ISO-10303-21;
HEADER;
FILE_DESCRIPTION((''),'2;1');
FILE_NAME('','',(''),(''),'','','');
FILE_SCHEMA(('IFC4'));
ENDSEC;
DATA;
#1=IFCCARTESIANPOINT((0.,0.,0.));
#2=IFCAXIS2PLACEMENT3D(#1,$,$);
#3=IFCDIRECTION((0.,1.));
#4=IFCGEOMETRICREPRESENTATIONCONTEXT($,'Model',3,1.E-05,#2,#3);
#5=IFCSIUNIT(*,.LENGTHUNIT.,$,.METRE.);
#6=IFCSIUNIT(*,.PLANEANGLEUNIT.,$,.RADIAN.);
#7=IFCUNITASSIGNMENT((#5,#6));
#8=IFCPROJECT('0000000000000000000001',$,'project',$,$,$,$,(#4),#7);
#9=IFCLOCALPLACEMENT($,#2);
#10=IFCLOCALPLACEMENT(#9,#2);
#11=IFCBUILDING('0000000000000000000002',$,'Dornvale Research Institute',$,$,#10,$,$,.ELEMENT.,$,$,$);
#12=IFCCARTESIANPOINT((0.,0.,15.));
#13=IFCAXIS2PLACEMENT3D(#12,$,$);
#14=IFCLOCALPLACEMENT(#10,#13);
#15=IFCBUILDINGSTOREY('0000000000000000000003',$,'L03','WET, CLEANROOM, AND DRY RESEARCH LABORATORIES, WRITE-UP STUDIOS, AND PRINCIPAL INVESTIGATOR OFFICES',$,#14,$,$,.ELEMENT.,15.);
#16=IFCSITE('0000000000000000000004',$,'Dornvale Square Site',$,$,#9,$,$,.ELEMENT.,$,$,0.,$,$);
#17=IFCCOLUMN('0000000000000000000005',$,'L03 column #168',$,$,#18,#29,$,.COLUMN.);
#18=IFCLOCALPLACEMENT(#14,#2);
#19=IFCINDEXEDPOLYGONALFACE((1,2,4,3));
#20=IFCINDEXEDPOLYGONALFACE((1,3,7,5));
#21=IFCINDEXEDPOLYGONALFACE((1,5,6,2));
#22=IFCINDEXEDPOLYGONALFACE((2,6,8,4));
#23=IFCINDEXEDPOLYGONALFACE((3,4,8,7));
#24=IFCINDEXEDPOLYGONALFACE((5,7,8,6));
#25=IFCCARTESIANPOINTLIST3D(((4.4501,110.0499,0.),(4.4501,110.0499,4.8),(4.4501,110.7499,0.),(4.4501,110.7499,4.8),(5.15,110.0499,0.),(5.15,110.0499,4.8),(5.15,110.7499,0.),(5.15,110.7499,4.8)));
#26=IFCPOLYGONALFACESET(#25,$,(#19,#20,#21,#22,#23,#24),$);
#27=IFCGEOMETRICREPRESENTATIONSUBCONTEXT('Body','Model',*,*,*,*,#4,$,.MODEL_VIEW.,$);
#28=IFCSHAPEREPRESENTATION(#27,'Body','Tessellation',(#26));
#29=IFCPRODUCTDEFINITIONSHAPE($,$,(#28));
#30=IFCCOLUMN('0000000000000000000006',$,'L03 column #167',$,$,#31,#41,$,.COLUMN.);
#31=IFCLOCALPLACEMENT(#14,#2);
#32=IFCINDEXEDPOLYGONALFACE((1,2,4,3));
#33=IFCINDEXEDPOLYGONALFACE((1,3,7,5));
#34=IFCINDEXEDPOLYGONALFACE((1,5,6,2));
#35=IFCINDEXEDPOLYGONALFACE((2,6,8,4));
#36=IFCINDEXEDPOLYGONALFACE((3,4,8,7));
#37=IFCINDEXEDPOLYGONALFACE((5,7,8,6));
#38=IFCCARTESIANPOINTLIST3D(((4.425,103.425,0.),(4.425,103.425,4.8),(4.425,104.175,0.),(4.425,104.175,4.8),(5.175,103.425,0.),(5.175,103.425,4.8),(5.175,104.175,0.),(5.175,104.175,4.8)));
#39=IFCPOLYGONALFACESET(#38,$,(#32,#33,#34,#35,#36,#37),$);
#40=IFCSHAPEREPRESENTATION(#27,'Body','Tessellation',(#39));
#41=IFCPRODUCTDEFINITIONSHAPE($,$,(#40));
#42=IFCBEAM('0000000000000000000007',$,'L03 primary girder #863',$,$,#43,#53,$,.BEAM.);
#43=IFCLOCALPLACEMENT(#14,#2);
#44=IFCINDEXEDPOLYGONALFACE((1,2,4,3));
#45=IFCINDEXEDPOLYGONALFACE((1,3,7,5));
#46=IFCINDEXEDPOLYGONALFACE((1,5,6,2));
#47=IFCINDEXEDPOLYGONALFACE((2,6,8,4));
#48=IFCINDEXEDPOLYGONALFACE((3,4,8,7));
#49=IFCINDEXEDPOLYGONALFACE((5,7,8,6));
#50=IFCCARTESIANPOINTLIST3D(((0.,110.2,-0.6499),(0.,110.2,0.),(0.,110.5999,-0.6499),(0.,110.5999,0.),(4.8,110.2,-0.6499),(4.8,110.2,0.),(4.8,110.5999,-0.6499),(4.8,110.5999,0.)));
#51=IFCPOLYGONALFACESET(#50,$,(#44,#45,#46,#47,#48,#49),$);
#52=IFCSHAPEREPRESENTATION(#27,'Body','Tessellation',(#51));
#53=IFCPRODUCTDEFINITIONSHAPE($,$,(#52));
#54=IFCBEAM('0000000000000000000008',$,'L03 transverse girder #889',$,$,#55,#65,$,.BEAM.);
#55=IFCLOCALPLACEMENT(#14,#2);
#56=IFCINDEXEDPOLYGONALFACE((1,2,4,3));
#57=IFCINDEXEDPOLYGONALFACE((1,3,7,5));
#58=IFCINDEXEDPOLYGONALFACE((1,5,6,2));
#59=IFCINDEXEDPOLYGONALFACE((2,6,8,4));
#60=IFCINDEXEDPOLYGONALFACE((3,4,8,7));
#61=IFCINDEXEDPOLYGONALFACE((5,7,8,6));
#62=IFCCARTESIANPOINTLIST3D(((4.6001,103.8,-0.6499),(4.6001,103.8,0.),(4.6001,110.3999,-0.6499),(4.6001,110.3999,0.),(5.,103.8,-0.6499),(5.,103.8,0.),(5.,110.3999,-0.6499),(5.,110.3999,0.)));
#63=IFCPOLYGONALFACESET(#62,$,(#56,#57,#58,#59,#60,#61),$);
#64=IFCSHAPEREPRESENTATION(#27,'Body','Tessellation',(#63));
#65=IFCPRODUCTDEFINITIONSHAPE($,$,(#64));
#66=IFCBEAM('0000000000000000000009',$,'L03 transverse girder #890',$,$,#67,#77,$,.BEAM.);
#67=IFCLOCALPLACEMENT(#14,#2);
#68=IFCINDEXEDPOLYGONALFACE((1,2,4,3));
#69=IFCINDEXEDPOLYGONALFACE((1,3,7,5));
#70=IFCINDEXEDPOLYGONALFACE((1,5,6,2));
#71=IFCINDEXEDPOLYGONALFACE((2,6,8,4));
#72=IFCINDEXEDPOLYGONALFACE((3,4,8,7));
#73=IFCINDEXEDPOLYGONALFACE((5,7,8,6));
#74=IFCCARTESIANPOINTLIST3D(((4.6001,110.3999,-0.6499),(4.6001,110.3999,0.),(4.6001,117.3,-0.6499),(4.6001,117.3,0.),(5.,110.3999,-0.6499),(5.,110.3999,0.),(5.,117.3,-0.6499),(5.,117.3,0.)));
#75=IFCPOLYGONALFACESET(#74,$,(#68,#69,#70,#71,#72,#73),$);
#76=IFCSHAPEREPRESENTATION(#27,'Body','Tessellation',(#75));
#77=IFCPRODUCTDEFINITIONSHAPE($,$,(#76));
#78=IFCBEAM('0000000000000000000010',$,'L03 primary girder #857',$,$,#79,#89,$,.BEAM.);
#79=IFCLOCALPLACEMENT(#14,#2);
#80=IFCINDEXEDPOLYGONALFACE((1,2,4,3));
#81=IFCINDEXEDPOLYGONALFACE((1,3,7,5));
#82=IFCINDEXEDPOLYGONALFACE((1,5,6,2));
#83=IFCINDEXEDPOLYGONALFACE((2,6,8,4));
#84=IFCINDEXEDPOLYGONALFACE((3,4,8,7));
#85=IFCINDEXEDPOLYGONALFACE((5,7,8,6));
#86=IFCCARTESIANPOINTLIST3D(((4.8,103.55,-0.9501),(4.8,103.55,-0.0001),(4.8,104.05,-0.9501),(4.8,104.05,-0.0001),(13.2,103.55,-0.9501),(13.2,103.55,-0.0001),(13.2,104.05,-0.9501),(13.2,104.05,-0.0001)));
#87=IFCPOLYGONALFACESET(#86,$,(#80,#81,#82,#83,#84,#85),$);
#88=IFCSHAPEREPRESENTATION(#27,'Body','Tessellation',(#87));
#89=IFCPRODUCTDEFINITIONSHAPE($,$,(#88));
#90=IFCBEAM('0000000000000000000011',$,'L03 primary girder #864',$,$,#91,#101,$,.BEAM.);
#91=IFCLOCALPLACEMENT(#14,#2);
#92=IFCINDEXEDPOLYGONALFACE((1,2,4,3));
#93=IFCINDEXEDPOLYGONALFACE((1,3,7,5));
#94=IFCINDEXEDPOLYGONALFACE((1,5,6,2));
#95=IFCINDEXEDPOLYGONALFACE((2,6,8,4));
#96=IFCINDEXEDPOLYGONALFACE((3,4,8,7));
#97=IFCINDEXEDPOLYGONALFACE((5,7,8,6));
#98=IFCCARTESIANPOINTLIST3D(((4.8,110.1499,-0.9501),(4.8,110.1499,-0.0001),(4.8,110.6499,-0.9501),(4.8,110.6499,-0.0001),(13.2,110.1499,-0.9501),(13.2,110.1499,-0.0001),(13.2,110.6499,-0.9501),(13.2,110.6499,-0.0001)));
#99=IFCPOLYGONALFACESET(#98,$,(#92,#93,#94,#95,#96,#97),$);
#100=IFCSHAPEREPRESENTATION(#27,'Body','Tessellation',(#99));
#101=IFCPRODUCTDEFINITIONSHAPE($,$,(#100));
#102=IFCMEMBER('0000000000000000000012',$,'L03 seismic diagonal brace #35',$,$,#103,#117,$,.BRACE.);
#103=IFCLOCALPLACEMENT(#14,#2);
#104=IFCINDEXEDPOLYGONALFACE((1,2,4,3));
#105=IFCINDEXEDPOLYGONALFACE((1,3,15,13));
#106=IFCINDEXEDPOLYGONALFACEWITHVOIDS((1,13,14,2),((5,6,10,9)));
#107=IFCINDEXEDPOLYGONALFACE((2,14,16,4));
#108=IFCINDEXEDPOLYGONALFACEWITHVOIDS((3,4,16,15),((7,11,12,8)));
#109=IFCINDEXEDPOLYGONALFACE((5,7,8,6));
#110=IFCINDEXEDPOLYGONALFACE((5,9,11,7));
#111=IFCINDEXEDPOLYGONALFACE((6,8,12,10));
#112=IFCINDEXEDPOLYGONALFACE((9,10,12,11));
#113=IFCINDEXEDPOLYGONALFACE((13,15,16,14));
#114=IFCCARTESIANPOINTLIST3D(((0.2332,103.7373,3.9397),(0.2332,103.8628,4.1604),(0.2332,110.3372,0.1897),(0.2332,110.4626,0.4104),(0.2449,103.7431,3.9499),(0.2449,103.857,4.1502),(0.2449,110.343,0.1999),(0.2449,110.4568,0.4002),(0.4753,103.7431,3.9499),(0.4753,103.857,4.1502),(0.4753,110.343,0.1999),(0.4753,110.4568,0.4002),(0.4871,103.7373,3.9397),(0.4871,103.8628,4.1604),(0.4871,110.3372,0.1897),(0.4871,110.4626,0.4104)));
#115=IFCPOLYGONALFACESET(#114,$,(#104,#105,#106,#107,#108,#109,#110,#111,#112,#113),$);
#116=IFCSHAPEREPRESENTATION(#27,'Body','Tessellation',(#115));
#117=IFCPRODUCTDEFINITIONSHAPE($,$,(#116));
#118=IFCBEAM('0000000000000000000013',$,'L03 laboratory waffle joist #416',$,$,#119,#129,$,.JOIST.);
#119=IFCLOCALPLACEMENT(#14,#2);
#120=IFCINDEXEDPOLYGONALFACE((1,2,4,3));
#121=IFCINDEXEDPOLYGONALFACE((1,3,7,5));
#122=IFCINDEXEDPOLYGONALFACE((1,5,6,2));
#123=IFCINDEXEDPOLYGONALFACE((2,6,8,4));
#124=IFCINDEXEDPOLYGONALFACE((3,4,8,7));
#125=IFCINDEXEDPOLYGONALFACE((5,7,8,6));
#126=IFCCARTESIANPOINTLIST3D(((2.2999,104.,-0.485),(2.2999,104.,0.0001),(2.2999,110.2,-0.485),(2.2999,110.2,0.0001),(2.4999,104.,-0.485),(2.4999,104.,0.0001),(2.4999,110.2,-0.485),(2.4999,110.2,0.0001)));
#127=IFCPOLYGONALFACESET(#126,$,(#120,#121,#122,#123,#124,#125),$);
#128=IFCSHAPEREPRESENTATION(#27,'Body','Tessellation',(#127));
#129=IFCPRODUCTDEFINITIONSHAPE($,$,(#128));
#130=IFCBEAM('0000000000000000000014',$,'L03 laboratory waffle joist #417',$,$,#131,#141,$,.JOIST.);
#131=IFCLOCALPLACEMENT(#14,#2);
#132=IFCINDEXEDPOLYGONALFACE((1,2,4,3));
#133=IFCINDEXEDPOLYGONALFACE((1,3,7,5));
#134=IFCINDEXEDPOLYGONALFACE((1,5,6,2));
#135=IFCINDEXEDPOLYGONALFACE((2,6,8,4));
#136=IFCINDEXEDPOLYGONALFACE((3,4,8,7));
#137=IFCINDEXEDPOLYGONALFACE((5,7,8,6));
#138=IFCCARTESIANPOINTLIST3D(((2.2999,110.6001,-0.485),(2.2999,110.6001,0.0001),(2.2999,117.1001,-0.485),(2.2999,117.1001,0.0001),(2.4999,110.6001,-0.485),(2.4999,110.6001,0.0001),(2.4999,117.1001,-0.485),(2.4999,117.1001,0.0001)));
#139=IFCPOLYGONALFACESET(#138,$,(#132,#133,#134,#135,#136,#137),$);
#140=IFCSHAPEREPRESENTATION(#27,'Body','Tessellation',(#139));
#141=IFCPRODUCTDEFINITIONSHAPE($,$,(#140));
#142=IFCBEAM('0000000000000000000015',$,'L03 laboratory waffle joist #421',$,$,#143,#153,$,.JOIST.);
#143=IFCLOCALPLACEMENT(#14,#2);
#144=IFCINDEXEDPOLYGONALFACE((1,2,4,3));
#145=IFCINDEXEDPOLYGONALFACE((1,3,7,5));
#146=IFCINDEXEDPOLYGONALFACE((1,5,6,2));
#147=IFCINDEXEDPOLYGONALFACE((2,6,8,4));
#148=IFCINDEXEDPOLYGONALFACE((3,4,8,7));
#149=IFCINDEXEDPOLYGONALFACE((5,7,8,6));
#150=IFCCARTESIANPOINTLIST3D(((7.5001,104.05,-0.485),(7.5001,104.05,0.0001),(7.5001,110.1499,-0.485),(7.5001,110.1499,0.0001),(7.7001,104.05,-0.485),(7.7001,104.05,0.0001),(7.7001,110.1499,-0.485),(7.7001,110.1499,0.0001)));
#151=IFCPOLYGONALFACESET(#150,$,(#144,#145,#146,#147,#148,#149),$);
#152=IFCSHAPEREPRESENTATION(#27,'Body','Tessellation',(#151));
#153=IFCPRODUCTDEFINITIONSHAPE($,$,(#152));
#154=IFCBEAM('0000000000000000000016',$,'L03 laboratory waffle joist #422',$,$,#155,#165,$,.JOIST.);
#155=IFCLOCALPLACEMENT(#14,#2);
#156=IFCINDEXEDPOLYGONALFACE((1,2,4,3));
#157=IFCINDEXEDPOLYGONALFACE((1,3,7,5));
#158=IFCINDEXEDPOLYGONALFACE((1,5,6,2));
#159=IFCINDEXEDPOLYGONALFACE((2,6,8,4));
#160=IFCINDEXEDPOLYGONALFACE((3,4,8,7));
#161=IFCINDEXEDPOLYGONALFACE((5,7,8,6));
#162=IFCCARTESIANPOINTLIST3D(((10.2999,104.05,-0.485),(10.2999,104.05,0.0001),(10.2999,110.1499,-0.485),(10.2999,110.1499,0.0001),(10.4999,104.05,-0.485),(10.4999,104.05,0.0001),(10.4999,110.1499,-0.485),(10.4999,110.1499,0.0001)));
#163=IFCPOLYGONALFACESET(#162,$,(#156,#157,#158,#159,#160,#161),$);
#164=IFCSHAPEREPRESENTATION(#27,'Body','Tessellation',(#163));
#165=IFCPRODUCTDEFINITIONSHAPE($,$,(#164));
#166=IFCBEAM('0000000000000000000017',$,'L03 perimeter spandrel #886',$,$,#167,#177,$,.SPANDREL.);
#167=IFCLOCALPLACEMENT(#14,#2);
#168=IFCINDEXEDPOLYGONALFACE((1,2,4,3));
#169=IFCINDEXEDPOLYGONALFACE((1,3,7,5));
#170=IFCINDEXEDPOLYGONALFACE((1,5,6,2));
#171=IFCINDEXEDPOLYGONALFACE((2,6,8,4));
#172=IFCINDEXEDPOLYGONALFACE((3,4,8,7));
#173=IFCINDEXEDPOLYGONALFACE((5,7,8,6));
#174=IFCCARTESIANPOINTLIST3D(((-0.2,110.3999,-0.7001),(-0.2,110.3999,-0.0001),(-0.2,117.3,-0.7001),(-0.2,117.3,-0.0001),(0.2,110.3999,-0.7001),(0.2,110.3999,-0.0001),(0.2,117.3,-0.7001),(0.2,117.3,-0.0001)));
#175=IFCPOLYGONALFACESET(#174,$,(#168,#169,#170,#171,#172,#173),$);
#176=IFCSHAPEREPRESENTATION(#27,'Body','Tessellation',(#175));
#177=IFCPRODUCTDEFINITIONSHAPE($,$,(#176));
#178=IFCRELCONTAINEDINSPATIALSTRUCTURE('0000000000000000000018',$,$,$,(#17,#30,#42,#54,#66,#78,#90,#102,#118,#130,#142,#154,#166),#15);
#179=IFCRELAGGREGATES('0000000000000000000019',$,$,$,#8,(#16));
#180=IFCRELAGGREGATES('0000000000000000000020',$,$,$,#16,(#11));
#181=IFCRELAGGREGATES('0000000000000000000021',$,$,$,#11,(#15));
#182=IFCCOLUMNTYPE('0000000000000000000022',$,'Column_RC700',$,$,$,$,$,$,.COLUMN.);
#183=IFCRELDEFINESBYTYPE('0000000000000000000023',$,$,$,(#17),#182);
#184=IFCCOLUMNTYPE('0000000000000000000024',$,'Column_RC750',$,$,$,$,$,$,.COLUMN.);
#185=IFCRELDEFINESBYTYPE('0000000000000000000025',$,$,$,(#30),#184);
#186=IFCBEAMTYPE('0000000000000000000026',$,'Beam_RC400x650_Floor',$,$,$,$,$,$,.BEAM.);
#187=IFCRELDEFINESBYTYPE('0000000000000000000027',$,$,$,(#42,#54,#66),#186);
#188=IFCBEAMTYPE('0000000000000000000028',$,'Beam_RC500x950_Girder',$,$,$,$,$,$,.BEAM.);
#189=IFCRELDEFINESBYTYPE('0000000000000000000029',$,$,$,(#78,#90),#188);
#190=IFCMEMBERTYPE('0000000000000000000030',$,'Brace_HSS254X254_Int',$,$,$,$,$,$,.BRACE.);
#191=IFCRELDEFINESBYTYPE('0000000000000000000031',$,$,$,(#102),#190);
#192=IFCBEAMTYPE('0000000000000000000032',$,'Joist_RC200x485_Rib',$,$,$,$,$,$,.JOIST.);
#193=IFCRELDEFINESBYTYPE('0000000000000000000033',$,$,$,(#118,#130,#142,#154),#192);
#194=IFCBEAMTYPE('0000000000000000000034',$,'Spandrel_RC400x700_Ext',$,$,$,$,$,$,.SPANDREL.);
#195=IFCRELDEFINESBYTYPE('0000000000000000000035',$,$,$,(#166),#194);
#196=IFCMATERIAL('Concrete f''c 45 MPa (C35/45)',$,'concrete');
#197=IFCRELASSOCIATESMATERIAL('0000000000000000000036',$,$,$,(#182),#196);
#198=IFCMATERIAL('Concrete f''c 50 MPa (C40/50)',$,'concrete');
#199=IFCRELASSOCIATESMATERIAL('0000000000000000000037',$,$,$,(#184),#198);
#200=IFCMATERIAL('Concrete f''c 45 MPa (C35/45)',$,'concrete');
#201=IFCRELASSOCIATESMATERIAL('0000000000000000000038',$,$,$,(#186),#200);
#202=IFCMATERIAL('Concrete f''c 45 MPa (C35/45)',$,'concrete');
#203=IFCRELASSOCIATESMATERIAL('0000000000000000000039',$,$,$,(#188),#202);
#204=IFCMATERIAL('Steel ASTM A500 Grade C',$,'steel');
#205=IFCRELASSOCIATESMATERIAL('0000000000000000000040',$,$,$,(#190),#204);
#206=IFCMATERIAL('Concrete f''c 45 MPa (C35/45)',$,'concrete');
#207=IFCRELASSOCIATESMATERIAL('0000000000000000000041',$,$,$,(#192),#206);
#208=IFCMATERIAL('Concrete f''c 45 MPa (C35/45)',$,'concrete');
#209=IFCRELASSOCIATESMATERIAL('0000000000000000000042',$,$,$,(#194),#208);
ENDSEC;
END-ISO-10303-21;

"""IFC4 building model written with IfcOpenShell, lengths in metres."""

from ifc_helpers import new_model, si_unit, direction, frame, origin, origin_2d, place, context, subcontext, project, spatial, rectangle, hollow_rectangle, extrude, material, material_profile, profile_set, type_object, element, save


model = new_model("IFC4")

# Units and contexts
model_context = context("Model", 3, precision=1e-05, world=origin(), true_north=direction((0.0, 1.0)))
body_context = subcontext(model_context, "Body", "Model", "MODEL_VIEW")
ifc_project = project(units=[si_unit("LENGTHUNIT", "METRE"), si_unit("PLANEANGLEUNIT", "RADIAN")], contexts=[model_context])

# Site, building, storey
site_placement = place(None, origin())
site = spatial("IfcSite", under=ifc_project, at=site_placement, Name="Dornvale Square Site", CompositionType="ELEMENT", RefElevation=0.0)
building_placement = place(site_placement, origin())
building = spatial("IfcBuilding", under=site, at=building_placement, Name="Dornvale Research Institute", CompositionType="ELEMENT")
storey_placement = place(building_placement, frame((0.0, 0.0, 15.0)))
storey = spatial("IfcBuildingStorey", under=building, at=storey_placement, Name="L03", Description="WET, CLEANROOM, AND DRY RESEARCH LABORATORIES, WRITE-UP STUDIOS, AND PRINCIPAL INVESTIGATOR OFFICES", CompositionType="ELEMENT", Elevation=15.0)

# Columns
ifc_material_1 = material(Name="Concrete f'c 45 MPa (C35/45)", Category="concrete")
ifc_material_profile_1 = material_profile(ifc_material_1, rectangle(XDim=0.7, YDim=0.7, at=origin_2d()), Name="RC 700x700")
ifc_profile_set_1 = profile_set([ifc_material_profile_1], Name="Concrete f'c 45 MPa (C35/45)")
column_type_1 = type_object("IfcColumnType", Name="Column_RC700", PredefinedType="COLUMN", material=ifc_profile_set_1)
column_1_placement = place(storey_placement, frame((4.8, 110.3999, 0.0), z_axis=(0.0, 0.0, 1.0), x_axis=(1.0, 0.0, 0.0)))
element("IfcColumn", 1, at=column_1_placement, inside=storey, type_object=column_type_1, Name="L03 column #168", PredefinedType="COLUMN", context=body_context, shape_type="SweptSolid", body=[
    extrude(rectangle(XDim=0.7, YDim=0.7, at=origin_2d()), origin(), (0.0, 0.0, 1.0), 4.8),
])
ifc_material_2 = material(Name="Concrete f'c 50 MPa (C40/50)", Category="concrete")
ifc_material_profile_2 = material_profile(ifc_material_2, rectangle(XDim=0.75, YDim=0.75, at=origin_2d()), Name="RC 750x750")
ifc_profile_set_2 = profile_set([ifc_material_profile_2], Name="Concrete f'c 50 MPa (C40/50)")
column_type_2 = type_object("IfcColumnType", Name="Column_RC750", PredefinedType="COLUMN", material=ifc_profile_set_2)
column_2_placement = place(storey_placement, frame((4.8, 103.8, 0.0), z_axis=(0.0, 0.0, 1.0), x_axis=(1.0, 0.0, 0.0)))
element("IfcColumn", 2, at=column_2_placement, inside=storey, type_object=column_type_2, Name="L03 column #167", PredefinedType="COLUMN", context=body_context, shape_type="SweptSolid", body=[
    extrude(rectangle(XDim=0.75, YDim=0.75, at=origin_2d()), origin(), (0.0, 0.0, 1.0), 4.8),
])

# Beams
ifc_material_3 = material(Name="Concrete f'c 45 MPa (C35/45)", Category="concrete")
ifc_material_profile_3 = material_profile(ifc_material_3, rectangle(XDim=0.3999, YDim=0.6499, at=origin_2d()), Name="RC 400x650")
ifc_profile_set_3 = profile_set([ifc_material_profile_3], Name="Concrete f'c 45 MPa (C35/45)")
beam_type_1 = type_object("IfcBeamType", Name="Beam_RC400x650_Floor", PredefinedType="BEAM", material=ifc_profile_set_3)
beam_1_placement = place(storey_placement, frame((0.0, 110.3999, -0.325), z_axis=(1.0, 0.0, 0.0), x_axis=(0.0, 1.0, 0.0)))
element("IfcBeam", 3, at=beam_1_placement, inside=storey, type_object=beam_type_1, Name="L03 primary girder #863", PredefinedType="BEAM", context=body_context, shape_type="SweptSolid", body=[
    extrude(rectangle(XDim=0.3999, YDim=0.6499, at=origin_2d()), origin(), (0.0, 0.0, 1.0), 4.8),
])
beam_2_placement = place(storey_placement, frame((4.8, 103.8, -0.325), z_axis=(0.0, 1.0, 0.0), x_axis=(-1.0, 0.0, 0.0)))
element("IfcBeam", 4, at=beam_2_placement, inside=storey, type_object=beam_type_1, Name="L03 transverse girder #889", PredefinedType="BEAM", context=body_context, shape_type="SweptSolid", body=[
    extrude(rectangle(XDim=0.3999, YDim=0.6499, at=origin_2d()), origin(), (0.0, 0.0, 1.0), 6.5999),
])
beam_3_placement = place(storey_placement, frame((4.8, 110.3999, -0.325), z_axis=(0.0, 1.0, 0.0), x_axis=(-1.0, 0.0, 0.0)))
element("IfcBeam", 5, at=beam_3_placement, inside=storey, type_object=beam_type_1, Name="L03 transverse girder #890", PredefinedType="BEAM", context=body_context, shape_type="SweptSolid", body=[
    extrude(rectangle(XDim=0.3999, YDim=0.6499, at=origin_2d()), origin(), (0.0, 0.0, 1.0), 6.9001),
])
ifc_material_4 = material(Name="Concrete f'c 45 MPa (C35/45)", Category="concrete")
ifc_material_profile_4 = material_profile(ifc_material_4, rectangle(XDim=0.5, YDim=0.95, at=origin_2d()), Name="RC 500x950")
ifc_profile_set_4 = profile_set([ifc_material_profile_4], Name="Concrete f'c 45 MPa (C35/45)")
beam_type_2 = type_object("IfcBeamType", Name="Beam_RC500x950_Girder", PredefinedType="BEAM", material=ifc_profile_set_4)
for number, where, z_axis, x_axis, name in (
    (6, (4.8, 103.8, -0.4751), (1.0, 0.0, 0.0), (0.0, 1.0, 0.0), "L03 primary girder #857"),
    (7, (4.8, 110.3999, -0.4751), (1.0, 0.0, 0.0), (0.0, 1.0, 0.0), "L03 primary girder #864"),
):
    element("IfcBeam", number, at=place(storey_placement, frame(where, z_axis=z_axis, x_axis=x_axis)), inside=storey, type_object=beam_type_2, Name=name, PredefinedType="BEAM", context=body_context, shape_type="SweptSolid", body=[
        extrude(rectangle(XDim=0.5, YDim=0.95, at=origin_2d()), origin(), (0.0, 0.0, 1.0), 8.3999),
    ])

# Member
ifc_material_5 = material(Name="Steel ASTM A500 Grade C", Category="steel")
ifc_material_profile_5 = material_profile(ifc_material_5, hollow_rectangle(XDim=0.2539, YDim=0.2539, WallThickness=0.0117, at=origin_2d()), Name="HSS254X254X12.7")
ifc_profile_set_5 = profile_set([ifc_material_profile_5], Name="Steel ASTM A500 Grade C")
member_type = type_object("IfcMemberType", Name="Brace_HSS254X254_Int", PredefinedType="BRACE", material=ifc_profile_set_5)
member_placement = place(storey_placement, frame((0.3601, 110.3999, 0.3), z_axis=(0.0, -0.869452, 0.494018), x_axis=(1.0, 0.0, 0.0)))
element("IfcMember", 8, at=member_placement, inside=storey, type_object=member_type, Name="L03 seismic diagonal brace #35", PredefinedType="BRACE", context=body_context, shape_type="SweptSolid", body=[
    extrude(hollow_rectangle(XDim=0.2539, YDim=0.2539, WallThickness=0.0117, at=origin_2d()), origin(), (0.0, 0.0, 1.0), 7.5908),
])

# Beams
ifc_material_6 = material(Name="Concrete f'c 45 MPa (C35/45)", Category="concrete")
ifc_material_profile_6 = material_profile(ifc_material_6, rectangle(XDim=0.2, YDim=0.4851, at=origin_2d()), Name="RC 200x485")
ifc_profile_set_6 = profile_set([ifc_material_profile_6], Name="Concrete f'c 45 MPa (C35/45)")
beam_type_3 = type_object("IfcBeamType", Name="Joist_RC200x485_Rib", PredefinedType="JOIST", material=ifc_profile_set_6)
beam_4_placement = place(storey_placement, frame((2.3999, 104.0, -0.2424), z_axis=(0.0, 1.0, 0.0), x_axis=(-1.0, 0.0, 0.0)))
element("IfcBeam", 9, at=beam_4_placement, inside=storey, type_object=beam_type_3, Name="L03 laboratory waffle joist #416", PredefinedType="JOIST", context=body_context, shape_type="SweptSolid", body=[
    extrude(rectangle(XDim=0.2, YDim=0.4851, at=origin_2d()), origin(), (0.0, 0.0, 1.0), 6.2),
])
beam_5_placement = place(storey_placement, frame((2.3999, 110.6001, -0.2424), z_axis=(0.0, 1.0, 0.0), x_axis=(-1.0, 0.0, 0.0)))
element("IfcBeam", 10, at=beam_5_placement, inside=storey, type_object=beam_type_3, Name="L03 laboratory waffle joist #417", PredefinedType="JOIST", context=body_context, shape_type="SweptSolid", body=[
    extrude(rectangle(XDim=0.2, YDim=0.4851, at=origin_2d()), origin(), (0.0, 0.0, 1.0), 6.5),
])
for number, where, z_axis, x_axis, name in (
    (11, (7.6001, 104.05, -0.2424), (0.0, 1.0, 0.0), (-1.0, 0.0, 0.0), "L03 laboratory waffle joist #421"),
    (12, (10.3999, 104.05, -0.2424), (0.0, 1.0, 0.0), (-1.0, 0.0, 0.0), "L03 laboratory waffle joist #422"),
):
    element("IfcBeam", number, at=place(storey_placement, frame(where, z_axis=z_axis, x_axis=x_axis)), inside=storey, type_object=beam_type_3, Name=name, PredefinedType="JOIST", context=body_context, shape_type="SweptSolid", body=[
        extrude(rectangle(XDim=0.2, YDim=0.4851, at=origin_2d()), origin(), (0.0, 0.0, 1.0), 6.0999),
    ])
ifc_material_7 = material(Name="Concrete f'c 45 MPa (C35/45)", Category="concrete")
ifc_material_profile_7 = material_profile(ifc_material_7, rectangle(XDim=0.3999, YDim=0.7, at=origin_2d()), Name="RC 400x700")
ifc_profile_set_7 = profile_set([ifc_material_profile_7], Name="Concrete f'c 45 MPa (C35/45)")
beam_type_4 = type_object("IfcBeamType", Name="Spandrel_RC400x700_Ext", PredefinedType="SPANDREL", material=ifc_profile_set_7)
beam_6_placement = place(storey_placement, frame((0.0, 110.3999, -0.3501), z_axis=(0.0, 1.0, 0.0), x_axis=(-1.0, 0.0, 0.0)))
element("IfcBeam", 13, at=beam_6_placement, inside=storey, type_object=beam_type_4, Name="L03 perimeter spandrel #886", PredefinedType="SPANDREL", context=body_context, shape_type="SweptSolid", body=[
    extrude(rectangle(XDim=0.3999, YDim=0.7, at=origin_2d()), origin(), (0.0, 0.0, 1.0), 6.9001),
])

save(model, "model.ifc")
